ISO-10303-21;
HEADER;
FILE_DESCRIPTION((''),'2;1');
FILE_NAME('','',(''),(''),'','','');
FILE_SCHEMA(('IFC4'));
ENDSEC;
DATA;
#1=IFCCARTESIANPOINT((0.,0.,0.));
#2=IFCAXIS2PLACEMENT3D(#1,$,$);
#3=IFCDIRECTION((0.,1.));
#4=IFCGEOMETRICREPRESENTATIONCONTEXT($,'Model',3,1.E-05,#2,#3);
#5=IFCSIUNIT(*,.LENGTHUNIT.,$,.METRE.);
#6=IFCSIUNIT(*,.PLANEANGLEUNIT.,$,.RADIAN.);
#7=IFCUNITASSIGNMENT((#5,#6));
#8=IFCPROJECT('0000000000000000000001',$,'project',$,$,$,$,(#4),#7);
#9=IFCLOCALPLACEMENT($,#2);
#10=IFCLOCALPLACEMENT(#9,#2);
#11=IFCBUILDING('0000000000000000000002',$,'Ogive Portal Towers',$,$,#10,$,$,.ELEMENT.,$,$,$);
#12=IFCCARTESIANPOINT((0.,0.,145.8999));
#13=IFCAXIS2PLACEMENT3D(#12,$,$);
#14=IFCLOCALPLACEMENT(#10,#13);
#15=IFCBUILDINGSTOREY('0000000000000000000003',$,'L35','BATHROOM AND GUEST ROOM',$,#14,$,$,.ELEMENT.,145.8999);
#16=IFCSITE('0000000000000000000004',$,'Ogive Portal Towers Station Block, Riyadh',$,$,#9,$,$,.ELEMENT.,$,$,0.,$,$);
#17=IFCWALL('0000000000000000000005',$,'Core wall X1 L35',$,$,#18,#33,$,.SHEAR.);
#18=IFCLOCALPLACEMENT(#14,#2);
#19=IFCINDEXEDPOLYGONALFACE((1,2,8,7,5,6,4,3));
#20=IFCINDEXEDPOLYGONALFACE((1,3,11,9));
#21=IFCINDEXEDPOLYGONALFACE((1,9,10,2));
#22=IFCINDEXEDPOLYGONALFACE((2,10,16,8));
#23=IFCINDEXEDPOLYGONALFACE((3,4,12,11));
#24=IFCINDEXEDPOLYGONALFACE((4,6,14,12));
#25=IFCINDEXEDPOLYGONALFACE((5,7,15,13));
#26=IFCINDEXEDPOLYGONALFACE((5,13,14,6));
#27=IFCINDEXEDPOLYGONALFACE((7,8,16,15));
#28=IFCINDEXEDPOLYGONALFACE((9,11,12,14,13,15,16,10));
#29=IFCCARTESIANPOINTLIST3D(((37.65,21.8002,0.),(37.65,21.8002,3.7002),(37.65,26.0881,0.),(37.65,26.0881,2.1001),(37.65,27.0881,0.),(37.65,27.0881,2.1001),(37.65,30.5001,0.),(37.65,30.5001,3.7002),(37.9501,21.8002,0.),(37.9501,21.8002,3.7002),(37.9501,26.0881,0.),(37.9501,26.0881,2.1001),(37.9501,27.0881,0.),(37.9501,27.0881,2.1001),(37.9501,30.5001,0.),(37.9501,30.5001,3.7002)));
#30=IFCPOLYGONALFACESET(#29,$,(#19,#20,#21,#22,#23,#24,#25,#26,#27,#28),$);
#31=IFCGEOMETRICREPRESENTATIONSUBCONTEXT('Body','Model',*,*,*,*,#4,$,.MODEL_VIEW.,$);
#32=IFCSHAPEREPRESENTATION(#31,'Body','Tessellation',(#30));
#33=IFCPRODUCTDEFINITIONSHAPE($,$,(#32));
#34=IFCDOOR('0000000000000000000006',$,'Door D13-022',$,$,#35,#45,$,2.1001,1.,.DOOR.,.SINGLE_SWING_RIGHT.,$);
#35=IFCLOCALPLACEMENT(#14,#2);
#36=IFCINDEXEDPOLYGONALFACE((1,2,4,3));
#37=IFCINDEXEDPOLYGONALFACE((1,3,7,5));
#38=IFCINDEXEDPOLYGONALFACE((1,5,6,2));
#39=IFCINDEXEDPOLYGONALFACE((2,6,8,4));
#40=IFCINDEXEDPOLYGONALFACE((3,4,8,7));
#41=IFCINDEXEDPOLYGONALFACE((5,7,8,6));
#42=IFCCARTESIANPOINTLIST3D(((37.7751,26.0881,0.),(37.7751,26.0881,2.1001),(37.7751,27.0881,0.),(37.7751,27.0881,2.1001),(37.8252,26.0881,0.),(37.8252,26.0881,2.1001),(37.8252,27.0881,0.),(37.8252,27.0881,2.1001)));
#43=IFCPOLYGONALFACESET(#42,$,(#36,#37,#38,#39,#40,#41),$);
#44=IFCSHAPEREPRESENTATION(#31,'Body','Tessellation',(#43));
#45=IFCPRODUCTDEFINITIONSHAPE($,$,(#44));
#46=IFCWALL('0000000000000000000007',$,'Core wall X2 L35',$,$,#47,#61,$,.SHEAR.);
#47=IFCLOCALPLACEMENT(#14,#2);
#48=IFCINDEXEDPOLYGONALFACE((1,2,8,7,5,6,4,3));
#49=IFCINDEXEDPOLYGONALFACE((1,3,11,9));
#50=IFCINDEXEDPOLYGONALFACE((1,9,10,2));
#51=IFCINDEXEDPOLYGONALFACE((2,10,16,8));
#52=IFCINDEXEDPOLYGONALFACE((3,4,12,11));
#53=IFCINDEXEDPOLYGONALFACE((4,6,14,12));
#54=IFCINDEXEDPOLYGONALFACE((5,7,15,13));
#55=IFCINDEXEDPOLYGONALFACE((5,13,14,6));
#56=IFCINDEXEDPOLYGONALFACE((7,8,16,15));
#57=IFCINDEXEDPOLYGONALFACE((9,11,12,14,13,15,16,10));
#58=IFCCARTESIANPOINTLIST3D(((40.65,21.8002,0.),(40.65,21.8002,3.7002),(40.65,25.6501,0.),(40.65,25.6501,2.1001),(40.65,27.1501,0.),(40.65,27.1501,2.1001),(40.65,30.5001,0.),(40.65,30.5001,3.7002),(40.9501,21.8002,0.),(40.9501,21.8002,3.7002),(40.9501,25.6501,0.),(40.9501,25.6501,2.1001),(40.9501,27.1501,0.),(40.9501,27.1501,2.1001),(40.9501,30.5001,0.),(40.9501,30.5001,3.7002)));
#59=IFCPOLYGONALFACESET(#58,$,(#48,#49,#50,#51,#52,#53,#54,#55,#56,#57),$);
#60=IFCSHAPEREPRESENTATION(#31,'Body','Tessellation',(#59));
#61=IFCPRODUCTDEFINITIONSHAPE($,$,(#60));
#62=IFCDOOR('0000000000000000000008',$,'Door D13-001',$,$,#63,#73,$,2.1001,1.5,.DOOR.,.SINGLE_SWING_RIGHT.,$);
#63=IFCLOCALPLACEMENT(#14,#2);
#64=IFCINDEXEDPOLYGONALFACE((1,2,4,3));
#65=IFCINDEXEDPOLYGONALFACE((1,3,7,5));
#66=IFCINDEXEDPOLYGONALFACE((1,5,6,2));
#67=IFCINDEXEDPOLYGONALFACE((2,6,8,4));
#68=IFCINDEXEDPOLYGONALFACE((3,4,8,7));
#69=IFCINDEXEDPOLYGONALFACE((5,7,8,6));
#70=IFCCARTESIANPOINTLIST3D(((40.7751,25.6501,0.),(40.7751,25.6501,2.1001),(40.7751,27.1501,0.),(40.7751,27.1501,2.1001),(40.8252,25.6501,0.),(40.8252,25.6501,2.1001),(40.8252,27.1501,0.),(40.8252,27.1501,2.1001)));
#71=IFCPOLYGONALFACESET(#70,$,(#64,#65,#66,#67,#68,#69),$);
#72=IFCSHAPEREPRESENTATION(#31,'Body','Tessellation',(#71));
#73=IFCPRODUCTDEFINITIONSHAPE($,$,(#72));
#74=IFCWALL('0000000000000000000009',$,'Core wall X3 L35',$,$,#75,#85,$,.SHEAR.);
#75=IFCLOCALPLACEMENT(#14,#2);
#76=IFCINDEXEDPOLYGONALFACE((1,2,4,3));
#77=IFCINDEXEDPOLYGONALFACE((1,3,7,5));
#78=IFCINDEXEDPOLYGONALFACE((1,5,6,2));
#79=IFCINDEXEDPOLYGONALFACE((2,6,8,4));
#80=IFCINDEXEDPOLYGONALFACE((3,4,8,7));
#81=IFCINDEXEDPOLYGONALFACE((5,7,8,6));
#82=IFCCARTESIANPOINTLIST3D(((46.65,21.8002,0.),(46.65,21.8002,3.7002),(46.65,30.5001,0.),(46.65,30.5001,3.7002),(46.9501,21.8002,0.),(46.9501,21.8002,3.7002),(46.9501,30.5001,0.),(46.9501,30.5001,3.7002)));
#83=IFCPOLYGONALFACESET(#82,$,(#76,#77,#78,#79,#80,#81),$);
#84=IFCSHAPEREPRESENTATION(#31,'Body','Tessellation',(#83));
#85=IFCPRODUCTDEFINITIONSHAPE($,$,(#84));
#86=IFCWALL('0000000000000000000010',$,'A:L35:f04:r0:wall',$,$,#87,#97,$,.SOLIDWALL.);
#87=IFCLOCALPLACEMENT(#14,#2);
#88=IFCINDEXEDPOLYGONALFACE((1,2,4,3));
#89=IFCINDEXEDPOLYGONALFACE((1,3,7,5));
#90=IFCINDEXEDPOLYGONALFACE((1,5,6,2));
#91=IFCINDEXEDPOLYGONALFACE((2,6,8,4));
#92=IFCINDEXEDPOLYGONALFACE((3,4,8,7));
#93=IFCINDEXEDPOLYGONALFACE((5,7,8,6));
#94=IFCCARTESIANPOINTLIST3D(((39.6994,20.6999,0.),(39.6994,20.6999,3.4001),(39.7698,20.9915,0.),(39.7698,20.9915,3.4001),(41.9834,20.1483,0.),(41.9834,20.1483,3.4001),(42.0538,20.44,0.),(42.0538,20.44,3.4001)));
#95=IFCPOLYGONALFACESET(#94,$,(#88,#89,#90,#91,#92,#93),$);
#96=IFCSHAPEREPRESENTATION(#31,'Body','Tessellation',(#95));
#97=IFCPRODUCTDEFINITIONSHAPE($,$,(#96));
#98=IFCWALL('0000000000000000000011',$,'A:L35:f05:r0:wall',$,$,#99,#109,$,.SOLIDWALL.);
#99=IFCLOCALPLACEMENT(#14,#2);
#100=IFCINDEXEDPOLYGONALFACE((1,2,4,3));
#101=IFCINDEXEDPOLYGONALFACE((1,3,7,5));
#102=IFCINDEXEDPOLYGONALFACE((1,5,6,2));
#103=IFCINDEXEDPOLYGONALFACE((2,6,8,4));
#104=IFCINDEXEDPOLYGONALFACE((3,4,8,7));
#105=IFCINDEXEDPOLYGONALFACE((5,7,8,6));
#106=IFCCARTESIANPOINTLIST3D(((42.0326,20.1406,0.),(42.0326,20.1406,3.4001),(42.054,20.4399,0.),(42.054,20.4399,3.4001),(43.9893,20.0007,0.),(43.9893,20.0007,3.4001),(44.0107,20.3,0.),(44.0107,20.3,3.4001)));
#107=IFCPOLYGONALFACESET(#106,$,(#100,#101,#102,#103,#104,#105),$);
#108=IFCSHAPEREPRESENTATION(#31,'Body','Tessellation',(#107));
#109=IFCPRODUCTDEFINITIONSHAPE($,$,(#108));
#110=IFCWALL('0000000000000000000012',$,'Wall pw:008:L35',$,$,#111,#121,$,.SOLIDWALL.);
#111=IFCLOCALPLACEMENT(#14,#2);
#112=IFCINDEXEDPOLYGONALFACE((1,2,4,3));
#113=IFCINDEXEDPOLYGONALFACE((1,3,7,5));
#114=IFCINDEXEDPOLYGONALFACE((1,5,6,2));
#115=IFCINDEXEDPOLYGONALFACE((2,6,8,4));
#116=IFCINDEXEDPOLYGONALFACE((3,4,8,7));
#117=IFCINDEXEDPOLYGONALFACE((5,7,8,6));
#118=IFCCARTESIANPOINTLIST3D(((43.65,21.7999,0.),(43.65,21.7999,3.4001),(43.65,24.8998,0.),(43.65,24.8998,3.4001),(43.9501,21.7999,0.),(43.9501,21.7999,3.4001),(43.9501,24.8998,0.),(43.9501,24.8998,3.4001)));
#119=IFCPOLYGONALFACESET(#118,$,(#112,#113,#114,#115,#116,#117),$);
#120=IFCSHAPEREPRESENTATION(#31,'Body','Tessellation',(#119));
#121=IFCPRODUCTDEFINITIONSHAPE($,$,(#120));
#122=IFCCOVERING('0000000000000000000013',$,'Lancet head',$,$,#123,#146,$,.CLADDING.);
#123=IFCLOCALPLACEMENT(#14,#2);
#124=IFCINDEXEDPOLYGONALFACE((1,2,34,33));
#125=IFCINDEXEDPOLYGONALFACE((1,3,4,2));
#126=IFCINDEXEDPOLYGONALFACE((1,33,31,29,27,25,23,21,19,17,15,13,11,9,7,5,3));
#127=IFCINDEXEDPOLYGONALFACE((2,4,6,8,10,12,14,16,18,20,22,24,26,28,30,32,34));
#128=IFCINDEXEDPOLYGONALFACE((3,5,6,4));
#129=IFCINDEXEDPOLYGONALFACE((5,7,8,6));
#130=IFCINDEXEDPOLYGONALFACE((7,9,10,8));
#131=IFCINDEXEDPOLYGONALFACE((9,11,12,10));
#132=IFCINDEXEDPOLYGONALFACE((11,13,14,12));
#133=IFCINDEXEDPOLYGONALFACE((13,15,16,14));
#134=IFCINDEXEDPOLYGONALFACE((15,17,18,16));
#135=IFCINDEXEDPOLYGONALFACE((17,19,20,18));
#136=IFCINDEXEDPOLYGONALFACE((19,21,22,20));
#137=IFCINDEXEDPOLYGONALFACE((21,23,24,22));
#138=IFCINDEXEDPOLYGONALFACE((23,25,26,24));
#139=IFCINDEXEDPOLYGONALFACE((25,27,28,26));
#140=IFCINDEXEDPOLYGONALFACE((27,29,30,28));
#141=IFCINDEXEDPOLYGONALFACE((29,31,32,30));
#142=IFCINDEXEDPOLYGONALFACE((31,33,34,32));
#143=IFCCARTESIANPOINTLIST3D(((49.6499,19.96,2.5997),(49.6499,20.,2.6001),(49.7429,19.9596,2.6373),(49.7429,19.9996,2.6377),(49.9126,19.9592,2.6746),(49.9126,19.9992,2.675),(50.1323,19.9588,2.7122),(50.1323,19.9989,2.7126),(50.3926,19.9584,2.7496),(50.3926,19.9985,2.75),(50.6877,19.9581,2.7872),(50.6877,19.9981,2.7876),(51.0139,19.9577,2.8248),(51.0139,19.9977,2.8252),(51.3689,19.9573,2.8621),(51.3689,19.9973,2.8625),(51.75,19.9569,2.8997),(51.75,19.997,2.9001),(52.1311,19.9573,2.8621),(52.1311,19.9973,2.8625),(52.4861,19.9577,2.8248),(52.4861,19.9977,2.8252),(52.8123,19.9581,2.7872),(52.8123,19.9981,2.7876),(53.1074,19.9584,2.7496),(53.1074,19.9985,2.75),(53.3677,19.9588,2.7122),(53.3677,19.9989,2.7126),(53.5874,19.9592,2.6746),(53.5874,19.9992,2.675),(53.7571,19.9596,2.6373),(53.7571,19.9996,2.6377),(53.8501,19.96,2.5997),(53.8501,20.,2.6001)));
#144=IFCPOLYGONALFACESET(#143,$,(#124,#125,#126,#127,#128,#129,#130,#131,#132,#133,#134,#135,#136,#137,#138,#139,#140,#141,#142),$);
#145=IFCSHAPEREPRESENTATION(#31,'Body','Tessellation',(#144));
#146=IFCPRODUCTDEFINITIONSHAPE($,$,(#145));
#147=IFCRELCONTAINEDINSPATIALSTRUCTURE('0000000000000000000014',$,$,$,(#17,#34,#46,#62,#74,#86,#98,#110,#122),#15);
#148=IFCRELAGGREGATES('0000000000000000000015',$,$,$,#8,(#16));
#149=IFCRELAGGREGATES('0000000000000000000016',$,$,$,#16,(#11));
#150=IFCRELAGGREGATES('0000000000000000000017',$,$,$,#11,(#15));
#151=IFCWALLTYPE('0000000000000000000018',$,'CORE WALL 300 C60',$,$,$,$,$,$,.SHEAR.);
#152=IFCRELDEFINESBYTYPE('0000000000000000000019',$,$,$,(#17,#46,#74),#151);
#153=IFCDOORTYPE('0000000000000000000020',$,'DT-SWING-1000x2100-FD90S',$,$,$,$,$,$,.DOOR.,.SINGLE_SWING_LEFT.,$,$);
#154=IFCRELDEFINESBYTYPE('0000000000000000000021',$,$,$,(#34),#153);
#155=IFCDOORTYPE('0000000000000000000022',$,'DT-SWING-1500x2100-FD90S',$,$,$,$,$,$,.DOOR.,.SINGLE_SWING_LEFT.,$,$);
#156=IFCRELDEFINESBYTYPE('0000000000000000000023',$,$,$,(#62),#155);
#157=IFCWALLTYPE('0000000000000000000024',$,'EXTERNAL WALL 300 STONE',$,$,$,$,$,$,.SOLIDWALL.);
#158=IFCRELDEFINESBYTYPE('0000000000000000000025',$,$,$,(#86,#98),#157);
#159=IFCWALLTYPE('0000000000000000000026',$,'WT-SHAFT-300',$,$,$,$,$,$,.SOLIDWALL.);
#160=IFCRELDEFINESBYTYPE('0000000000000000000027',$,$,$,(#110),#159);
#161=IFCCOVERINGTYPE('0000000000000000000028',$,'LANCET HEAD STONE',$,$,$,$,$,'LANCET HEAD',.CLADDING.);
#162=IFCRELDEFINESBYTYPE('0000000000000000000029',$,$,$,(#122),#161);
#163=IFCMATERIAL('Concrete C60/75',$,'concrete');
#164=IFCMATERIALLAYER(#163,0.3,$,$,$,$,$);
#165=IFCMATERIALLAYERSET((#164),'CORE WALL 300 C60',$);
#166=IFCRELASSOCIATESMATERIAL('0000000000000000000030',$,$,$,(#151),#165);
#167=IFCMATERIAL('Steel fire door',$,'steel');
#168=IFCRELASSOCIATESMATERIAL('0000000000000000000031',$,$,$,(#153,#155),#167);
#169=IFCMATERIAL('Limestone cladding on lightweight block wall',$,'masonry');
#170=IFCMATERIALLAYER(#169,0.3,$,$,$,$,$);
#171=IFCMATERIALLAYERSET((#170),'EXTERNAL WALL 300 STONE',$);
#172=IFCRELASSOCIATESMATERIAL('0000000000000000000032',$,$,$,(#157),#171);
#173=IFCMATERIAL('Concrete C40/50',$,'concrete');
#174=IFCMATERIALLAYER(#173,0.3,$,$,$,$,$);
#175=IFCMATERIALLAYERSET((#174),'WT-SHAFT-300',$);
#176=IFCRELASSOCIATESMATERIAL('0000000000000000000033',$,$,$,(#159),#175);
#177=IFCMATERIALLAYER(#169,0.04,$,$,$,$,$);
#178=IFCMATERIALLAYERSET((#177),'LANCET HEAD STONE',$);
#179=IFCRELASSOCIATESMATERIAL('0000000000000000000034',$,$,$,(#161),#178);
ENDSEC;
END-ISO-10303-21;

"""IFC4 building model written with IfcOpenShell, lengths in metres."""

from ifc_helpers import new_model, si_unit, direction, frame, frame_2d, origin, place, context, subcontext, project, spatial, polyline, rectangle, outline, extrude, material, layer, layer_set, type_object, element, fill, save


model = new_model("IFC4")

# Units and contexts
model_context = context("Model", 3, precision=1e-05, world=origin(), true_north=direction((0.0, 1.0)))
body_context = subcontext(model_context, "Body", "Model", "MODEL_VIEW")
ifc_project = project(units=[si_unit("LENGTHUNIT", "METRE"), si_unit("PLANEANGLEUNIT", "RADIAN")], contexts=[model_context])

# Site, building, storey
site_placement = place(None, origin())
site = spatial("IfcSite", under=ifc_project, at=site_placement, Name="Ogive Portal Towers Station Block, Riyadh", CompositionType="ELEMENT", RefElevation=0.0)
building_placement = place(site_placement, origin())
building = spatial("IfcBuilding", under=site, at=building_placement, Name="Ogive Portal Towers", CompositionType="ELEMENT")
storey_placement = place(building_placement, frame((0.0, 0.0, 145.8999)))
storey = spatial("IfcBuildingStorey", under=building, at=storey_placement, Name="L35", Description="BATHROOM AND GUEST ROOM", CompositionType="ELEMENT", Elevation=145.8999)

# Walls, openings, doors
ifc_material_1 = material(Name="Concrete C60/75", Category="concrete")
ifc_layer_1 = layer(ifc_material_1, 0.3)
ifc_layer_set_1 = layer_set([ifc_layer_1], Name="CORE WALL 300 C60")
wall_type_1 = type_object("IfcWallType", Name="CORE WALL 300 C60", PredefinedType="SHEAR", material=ifc_layer_set_1)
wall_1_placement = place(storey_placement, frame((37.8, 21.8, 0.0), z_axis=(0.0, 0.0, 1.0), x_axis=(0.0, 1.0, 0.0)))
wall_1 = element("IfcWall", 1, at=wall_1_placement, inside=storey, type_object=wall_type_1, Name="Core wall X1 L35", PredefinedType="SHEAR", context=body_context, shape_type="SweptSolid", body=[
    extrude(rectangle(XDim=8.7, YDim=0.3, at=frame_2d((4.3501, 0.0))), origin(), (0.0, 0.0, 1.0), 3.7002),
])
opening_1_placement = place(wall_1_placement, frame((4.2881, 0.0, 0.0)))
opening_1 = element("IfcOpeningElement", 2, at=opening_1_placement, cuts=wall_1, PredefinedType="OPENING", context=body_context, shape_type="SweptSolid", body=[
    extrude(rectangle(XDim=1.0, YDim=2.1001, at=frame_2d((0.5, 1.05))), frame((0.0, 0.1602, 0.0), z_axis=(0.0, -1.0, 0.0), x_axis=(1.0, 0.0, 0.0)), (0.0, 0.0, 1.0), 0.3201),
])
ifc_material_2 = material(Name="Steel fire door", Category="steel")
door_type_1 = type_object("IfcDoorType", Name="DT-SWING-1000x2100-FD90S", OperationType="SINGLE_SWING_LEFT", PredefinedType="DOOR", material=ifc_material_2)
door_1_placement = place(opening_1_placement, origin())
door_1 = element("IfcDoor", 3, at=door_1_placement, inside=storey, type_object=door_type_1, Name="Door D13-022", OperationType="SINGLE_SWING_RIGHT", OverallHeight=2.1001, OverallWidth=1.0, PredefinedType="DOOR", context=body_context, shape_type="SweptSolid", body=[
    extrude(rectangle(XDim=1.0, YDim=2.1001, at=frame_2d((0.5, 1.05))), frame((0.0, 0.0249, 0.0), z_axis=(0.0, -1.0, 0.0), x_axis=(1.0, 0.0, 0.0)), (0.0, 0.0, 1.0), 0.05),
])
fill(opening_1, door_1)
wall_2_placement = place(storey_placement, frame((40.8, 21.8, 0.0), z_axis=(0.0, 0.0, 1.0), x_axis=(0.0, 1.0, 0.0)))
wall_2 = element("IfcWall", 4, at=wall_2_placement, inside=storey, type_object=wall_type_1, Name="Core wall X2 L35", PredefinedType="SHEAR", context=body_context, shape_type="SweptSolid", body=[
    extrude(rectangle(XDim=8.7, YDim=0.3, at=frame_2d((4.3501, 0.0))), origin(), (0.0, 0.0, 1.0), 3.7002),
])
opening_2_placement = place(wall_2_placement, frame((3.8501, 0.0, 0.0)))
opening_2 = element("IfcOpeningElement", 5, at=opening_2_placement, cuts=wall_2, PredefinedType="OPENING", context=body_context, shape_type="SweptSolid", body=[
    extrude(rectangle(XDim=1.5, YDim=2.1001, at=frame_2d((0.75, 1.05))), frame((0.0, 0.1602, 0.0), z_axis=(0.0, -1.0, 0.0), x_axis=(1.0, 0.0, 0.0)), (0.0, 0.0, 1.0), 0.3201),
])
door_type_2 = type_object("IfcDoorType", Name="DT-SWING-1500x2100-FD90S", OperationType="SINGLE_SWING_LEFT", PredefinedType="DOOR", material=ifc_material_2)
door_2_placement = place(opening_2_placement, origin())
door_2 = element("IfcDoor", 6, at=door_2_placement, inside=storey, type_object=door_type_2, Name="Door D13-001", OperationType="SINGLE_SWING_RIGHT", OverallHeight=2.1001, OverallWidth=1.5, PredefinedType="DOOR", context=body_context, shape_type="SweptSolid", body=[
    extrude(rectangle(XDim=1.5, YDim=2.1001, at=frame_2d((0.75, 1.05))), frame((0.0, 0.0249, 0.0), z_axis=(0.0, -1.0, 0.0), x_axis=(1.0, 0.0, 0.0)), (0.0, 0.0, 1.0), 0.05),
])
fill(opening_2, door_2)

# Walls
wall_3_placement = place(storey_placement, frame((46.8, 21.8, 0.0), z_axis=(0.0, 0.0, 1.0), x_axis=(0.0, 1.0, 0.0)))
element("IfcWall", 7, at=wall_3_placement, inside=storey, type_object=wall_type_1, Name="Core wall X3 L35", PredefinedType="SHEAR", context=body_context, shape_type="SweptSolid", body=[
    extrude(rectangle(XDim=8.7, YDim=0.3, at=frame_2d((4.3501, 0.0))), origin(), (0.0, 0.0, 1.0), 3.7002),
])
ifc_material_3 = material(Name="Limestone cladding on lightweight block wall", Category="masonry")
ifc_layer_2 = layer(ifc_material_3, 0.3)
ifc_layer_set_2 = layer_set([ifc_layer_2], Name="EXTERNAL WALL 300 STONE")
wall_type_2 = type_object("IfcWallType", Name="EXTERNAL WALL 300 STONE", PredefinedType="SOLIDWALL", material=ifc_layer_set_2)
wall_4_placement = place(storey_placement, frame((39.7346, 20.8457, 0.0), z_axis=(0.0, 0.0, 1.0), x_axis=(0.972061, -0.234729, 0.0)))
element("IfcWall", 8, at=wall_4_placement, inside=storey, type_object=wall_type_2, Name="A:L35:f04:r0:wall", PredefinedType="SOLIDWALL", context=body_context, shape_type="SweptSolid", body=[
    extrude(rectangle(XDim=2.3496, YDim=0.3, at=frame_2d((1.1748, 0.0))), origin(), (0.0, 0.0, 1.0), 3.4001),
])
wall_5_placement = place(storey_placement, frame((42.0432, 20.2903, 0.0), z_axis=(0.0, 0.0, 1.0), x_axis=(0.997454, -0.071309, 0.0)))
element("IfcWall", 9, at=wall_5_placement, inside=storey, type_object=wall_type_2, Name="A:L35:f05:r0:wall", PredefinedType="SOLIDWALL", context=body_context, shape_type="SweptSolid", body=[
    extrude(rectangle(XDim=1.9617, YDim=0.3, at=frame_2d((0.981, 0.0))), origin(), (0.0, 0.0, 1.0), 3.4001),
])

# Wall
ifc_material_4 = material(Name="Concrete C40/50", Category="concrete")
ifc_layer_3 = layer(ifc_material_4, 0.3)
ifc_layer_set_3 = layer_set([ifc_layer_3], Name="WT-SHAFT-300")
wall_type_3 = type_object("IfcWallType", Name="WT-SHAFT-300", PredefinedType="SOLIDWALL", material=ifc_layer_set_3)
wall_6_placement = place(storey_placement, frame((43.8, 21.8, 0.0), z_axis=(0.0, 0.0, 1.0), x_axis=(0.0, 1.0, 0.0)))
element("IfcWall", 10, at=wall_6_placement, inside=storey, type_object=wall_type_3, Name="Wall pw:008:L35", PredefinedType="SOLIDWALL", context=body_context, shape_type="SweptSolid", body=[
    extrude(rectangle(XDim=3.0999, YDim=0.3, at=frame_2d((1.5498, 0.0))), origin(), (0.0, 0.0, 1.0), 3.4001),
])

# Covering
ifc_layer_4 = layer(ifc_material_3, 0.04)
ifc_layer_set_4 = layer_set([ifc_layer_4], Name="LANCET HEAD STONE")
covering_type = type_object("IfcCoveringType", Name="LANCET HEAD STONE", ElementType="LANCET HEAD", PredefinedType="CLADDING", material=ifc_layer_set_4)
covering_placement = place(storey_placement, frame((49.6499, 20.0, 2.6001), z_axis=(0.0, 0.999949, 0.010105), x_axis=(1.0, 0.0, 0.0)))
element("IfcCovering", 11, at=covering_placement, inside=storey, type_object=covering_type, Name="Lancet head", PredefinedType="CLADDING", context=body_context, shape_type="SweptSolid", body=[
    extrude(outline(polyline([(0.0, 0.0), (4.2002, 0.0), (4.1072, -0.0376), (3.9375, -0.075), (3.7178, -0.1126), (3.4575, -0.1499), (3.1624, -0.1875), (2.8362, -0.2251), (2.4812, -0.2625), (2.1001, -0.3001), (1.719, -0.2625), (1.364, -0.2251), (1.0378, -0.1875), (0.7427, -0.1499), (0.4824, -0.1126), (0.2627, -0.075), (0.093, -0.0376), (0.0, 0.0)])), origin(), (0.0, 0.0, -1.0), 0.04),
])

save(model, "model.ifc")
